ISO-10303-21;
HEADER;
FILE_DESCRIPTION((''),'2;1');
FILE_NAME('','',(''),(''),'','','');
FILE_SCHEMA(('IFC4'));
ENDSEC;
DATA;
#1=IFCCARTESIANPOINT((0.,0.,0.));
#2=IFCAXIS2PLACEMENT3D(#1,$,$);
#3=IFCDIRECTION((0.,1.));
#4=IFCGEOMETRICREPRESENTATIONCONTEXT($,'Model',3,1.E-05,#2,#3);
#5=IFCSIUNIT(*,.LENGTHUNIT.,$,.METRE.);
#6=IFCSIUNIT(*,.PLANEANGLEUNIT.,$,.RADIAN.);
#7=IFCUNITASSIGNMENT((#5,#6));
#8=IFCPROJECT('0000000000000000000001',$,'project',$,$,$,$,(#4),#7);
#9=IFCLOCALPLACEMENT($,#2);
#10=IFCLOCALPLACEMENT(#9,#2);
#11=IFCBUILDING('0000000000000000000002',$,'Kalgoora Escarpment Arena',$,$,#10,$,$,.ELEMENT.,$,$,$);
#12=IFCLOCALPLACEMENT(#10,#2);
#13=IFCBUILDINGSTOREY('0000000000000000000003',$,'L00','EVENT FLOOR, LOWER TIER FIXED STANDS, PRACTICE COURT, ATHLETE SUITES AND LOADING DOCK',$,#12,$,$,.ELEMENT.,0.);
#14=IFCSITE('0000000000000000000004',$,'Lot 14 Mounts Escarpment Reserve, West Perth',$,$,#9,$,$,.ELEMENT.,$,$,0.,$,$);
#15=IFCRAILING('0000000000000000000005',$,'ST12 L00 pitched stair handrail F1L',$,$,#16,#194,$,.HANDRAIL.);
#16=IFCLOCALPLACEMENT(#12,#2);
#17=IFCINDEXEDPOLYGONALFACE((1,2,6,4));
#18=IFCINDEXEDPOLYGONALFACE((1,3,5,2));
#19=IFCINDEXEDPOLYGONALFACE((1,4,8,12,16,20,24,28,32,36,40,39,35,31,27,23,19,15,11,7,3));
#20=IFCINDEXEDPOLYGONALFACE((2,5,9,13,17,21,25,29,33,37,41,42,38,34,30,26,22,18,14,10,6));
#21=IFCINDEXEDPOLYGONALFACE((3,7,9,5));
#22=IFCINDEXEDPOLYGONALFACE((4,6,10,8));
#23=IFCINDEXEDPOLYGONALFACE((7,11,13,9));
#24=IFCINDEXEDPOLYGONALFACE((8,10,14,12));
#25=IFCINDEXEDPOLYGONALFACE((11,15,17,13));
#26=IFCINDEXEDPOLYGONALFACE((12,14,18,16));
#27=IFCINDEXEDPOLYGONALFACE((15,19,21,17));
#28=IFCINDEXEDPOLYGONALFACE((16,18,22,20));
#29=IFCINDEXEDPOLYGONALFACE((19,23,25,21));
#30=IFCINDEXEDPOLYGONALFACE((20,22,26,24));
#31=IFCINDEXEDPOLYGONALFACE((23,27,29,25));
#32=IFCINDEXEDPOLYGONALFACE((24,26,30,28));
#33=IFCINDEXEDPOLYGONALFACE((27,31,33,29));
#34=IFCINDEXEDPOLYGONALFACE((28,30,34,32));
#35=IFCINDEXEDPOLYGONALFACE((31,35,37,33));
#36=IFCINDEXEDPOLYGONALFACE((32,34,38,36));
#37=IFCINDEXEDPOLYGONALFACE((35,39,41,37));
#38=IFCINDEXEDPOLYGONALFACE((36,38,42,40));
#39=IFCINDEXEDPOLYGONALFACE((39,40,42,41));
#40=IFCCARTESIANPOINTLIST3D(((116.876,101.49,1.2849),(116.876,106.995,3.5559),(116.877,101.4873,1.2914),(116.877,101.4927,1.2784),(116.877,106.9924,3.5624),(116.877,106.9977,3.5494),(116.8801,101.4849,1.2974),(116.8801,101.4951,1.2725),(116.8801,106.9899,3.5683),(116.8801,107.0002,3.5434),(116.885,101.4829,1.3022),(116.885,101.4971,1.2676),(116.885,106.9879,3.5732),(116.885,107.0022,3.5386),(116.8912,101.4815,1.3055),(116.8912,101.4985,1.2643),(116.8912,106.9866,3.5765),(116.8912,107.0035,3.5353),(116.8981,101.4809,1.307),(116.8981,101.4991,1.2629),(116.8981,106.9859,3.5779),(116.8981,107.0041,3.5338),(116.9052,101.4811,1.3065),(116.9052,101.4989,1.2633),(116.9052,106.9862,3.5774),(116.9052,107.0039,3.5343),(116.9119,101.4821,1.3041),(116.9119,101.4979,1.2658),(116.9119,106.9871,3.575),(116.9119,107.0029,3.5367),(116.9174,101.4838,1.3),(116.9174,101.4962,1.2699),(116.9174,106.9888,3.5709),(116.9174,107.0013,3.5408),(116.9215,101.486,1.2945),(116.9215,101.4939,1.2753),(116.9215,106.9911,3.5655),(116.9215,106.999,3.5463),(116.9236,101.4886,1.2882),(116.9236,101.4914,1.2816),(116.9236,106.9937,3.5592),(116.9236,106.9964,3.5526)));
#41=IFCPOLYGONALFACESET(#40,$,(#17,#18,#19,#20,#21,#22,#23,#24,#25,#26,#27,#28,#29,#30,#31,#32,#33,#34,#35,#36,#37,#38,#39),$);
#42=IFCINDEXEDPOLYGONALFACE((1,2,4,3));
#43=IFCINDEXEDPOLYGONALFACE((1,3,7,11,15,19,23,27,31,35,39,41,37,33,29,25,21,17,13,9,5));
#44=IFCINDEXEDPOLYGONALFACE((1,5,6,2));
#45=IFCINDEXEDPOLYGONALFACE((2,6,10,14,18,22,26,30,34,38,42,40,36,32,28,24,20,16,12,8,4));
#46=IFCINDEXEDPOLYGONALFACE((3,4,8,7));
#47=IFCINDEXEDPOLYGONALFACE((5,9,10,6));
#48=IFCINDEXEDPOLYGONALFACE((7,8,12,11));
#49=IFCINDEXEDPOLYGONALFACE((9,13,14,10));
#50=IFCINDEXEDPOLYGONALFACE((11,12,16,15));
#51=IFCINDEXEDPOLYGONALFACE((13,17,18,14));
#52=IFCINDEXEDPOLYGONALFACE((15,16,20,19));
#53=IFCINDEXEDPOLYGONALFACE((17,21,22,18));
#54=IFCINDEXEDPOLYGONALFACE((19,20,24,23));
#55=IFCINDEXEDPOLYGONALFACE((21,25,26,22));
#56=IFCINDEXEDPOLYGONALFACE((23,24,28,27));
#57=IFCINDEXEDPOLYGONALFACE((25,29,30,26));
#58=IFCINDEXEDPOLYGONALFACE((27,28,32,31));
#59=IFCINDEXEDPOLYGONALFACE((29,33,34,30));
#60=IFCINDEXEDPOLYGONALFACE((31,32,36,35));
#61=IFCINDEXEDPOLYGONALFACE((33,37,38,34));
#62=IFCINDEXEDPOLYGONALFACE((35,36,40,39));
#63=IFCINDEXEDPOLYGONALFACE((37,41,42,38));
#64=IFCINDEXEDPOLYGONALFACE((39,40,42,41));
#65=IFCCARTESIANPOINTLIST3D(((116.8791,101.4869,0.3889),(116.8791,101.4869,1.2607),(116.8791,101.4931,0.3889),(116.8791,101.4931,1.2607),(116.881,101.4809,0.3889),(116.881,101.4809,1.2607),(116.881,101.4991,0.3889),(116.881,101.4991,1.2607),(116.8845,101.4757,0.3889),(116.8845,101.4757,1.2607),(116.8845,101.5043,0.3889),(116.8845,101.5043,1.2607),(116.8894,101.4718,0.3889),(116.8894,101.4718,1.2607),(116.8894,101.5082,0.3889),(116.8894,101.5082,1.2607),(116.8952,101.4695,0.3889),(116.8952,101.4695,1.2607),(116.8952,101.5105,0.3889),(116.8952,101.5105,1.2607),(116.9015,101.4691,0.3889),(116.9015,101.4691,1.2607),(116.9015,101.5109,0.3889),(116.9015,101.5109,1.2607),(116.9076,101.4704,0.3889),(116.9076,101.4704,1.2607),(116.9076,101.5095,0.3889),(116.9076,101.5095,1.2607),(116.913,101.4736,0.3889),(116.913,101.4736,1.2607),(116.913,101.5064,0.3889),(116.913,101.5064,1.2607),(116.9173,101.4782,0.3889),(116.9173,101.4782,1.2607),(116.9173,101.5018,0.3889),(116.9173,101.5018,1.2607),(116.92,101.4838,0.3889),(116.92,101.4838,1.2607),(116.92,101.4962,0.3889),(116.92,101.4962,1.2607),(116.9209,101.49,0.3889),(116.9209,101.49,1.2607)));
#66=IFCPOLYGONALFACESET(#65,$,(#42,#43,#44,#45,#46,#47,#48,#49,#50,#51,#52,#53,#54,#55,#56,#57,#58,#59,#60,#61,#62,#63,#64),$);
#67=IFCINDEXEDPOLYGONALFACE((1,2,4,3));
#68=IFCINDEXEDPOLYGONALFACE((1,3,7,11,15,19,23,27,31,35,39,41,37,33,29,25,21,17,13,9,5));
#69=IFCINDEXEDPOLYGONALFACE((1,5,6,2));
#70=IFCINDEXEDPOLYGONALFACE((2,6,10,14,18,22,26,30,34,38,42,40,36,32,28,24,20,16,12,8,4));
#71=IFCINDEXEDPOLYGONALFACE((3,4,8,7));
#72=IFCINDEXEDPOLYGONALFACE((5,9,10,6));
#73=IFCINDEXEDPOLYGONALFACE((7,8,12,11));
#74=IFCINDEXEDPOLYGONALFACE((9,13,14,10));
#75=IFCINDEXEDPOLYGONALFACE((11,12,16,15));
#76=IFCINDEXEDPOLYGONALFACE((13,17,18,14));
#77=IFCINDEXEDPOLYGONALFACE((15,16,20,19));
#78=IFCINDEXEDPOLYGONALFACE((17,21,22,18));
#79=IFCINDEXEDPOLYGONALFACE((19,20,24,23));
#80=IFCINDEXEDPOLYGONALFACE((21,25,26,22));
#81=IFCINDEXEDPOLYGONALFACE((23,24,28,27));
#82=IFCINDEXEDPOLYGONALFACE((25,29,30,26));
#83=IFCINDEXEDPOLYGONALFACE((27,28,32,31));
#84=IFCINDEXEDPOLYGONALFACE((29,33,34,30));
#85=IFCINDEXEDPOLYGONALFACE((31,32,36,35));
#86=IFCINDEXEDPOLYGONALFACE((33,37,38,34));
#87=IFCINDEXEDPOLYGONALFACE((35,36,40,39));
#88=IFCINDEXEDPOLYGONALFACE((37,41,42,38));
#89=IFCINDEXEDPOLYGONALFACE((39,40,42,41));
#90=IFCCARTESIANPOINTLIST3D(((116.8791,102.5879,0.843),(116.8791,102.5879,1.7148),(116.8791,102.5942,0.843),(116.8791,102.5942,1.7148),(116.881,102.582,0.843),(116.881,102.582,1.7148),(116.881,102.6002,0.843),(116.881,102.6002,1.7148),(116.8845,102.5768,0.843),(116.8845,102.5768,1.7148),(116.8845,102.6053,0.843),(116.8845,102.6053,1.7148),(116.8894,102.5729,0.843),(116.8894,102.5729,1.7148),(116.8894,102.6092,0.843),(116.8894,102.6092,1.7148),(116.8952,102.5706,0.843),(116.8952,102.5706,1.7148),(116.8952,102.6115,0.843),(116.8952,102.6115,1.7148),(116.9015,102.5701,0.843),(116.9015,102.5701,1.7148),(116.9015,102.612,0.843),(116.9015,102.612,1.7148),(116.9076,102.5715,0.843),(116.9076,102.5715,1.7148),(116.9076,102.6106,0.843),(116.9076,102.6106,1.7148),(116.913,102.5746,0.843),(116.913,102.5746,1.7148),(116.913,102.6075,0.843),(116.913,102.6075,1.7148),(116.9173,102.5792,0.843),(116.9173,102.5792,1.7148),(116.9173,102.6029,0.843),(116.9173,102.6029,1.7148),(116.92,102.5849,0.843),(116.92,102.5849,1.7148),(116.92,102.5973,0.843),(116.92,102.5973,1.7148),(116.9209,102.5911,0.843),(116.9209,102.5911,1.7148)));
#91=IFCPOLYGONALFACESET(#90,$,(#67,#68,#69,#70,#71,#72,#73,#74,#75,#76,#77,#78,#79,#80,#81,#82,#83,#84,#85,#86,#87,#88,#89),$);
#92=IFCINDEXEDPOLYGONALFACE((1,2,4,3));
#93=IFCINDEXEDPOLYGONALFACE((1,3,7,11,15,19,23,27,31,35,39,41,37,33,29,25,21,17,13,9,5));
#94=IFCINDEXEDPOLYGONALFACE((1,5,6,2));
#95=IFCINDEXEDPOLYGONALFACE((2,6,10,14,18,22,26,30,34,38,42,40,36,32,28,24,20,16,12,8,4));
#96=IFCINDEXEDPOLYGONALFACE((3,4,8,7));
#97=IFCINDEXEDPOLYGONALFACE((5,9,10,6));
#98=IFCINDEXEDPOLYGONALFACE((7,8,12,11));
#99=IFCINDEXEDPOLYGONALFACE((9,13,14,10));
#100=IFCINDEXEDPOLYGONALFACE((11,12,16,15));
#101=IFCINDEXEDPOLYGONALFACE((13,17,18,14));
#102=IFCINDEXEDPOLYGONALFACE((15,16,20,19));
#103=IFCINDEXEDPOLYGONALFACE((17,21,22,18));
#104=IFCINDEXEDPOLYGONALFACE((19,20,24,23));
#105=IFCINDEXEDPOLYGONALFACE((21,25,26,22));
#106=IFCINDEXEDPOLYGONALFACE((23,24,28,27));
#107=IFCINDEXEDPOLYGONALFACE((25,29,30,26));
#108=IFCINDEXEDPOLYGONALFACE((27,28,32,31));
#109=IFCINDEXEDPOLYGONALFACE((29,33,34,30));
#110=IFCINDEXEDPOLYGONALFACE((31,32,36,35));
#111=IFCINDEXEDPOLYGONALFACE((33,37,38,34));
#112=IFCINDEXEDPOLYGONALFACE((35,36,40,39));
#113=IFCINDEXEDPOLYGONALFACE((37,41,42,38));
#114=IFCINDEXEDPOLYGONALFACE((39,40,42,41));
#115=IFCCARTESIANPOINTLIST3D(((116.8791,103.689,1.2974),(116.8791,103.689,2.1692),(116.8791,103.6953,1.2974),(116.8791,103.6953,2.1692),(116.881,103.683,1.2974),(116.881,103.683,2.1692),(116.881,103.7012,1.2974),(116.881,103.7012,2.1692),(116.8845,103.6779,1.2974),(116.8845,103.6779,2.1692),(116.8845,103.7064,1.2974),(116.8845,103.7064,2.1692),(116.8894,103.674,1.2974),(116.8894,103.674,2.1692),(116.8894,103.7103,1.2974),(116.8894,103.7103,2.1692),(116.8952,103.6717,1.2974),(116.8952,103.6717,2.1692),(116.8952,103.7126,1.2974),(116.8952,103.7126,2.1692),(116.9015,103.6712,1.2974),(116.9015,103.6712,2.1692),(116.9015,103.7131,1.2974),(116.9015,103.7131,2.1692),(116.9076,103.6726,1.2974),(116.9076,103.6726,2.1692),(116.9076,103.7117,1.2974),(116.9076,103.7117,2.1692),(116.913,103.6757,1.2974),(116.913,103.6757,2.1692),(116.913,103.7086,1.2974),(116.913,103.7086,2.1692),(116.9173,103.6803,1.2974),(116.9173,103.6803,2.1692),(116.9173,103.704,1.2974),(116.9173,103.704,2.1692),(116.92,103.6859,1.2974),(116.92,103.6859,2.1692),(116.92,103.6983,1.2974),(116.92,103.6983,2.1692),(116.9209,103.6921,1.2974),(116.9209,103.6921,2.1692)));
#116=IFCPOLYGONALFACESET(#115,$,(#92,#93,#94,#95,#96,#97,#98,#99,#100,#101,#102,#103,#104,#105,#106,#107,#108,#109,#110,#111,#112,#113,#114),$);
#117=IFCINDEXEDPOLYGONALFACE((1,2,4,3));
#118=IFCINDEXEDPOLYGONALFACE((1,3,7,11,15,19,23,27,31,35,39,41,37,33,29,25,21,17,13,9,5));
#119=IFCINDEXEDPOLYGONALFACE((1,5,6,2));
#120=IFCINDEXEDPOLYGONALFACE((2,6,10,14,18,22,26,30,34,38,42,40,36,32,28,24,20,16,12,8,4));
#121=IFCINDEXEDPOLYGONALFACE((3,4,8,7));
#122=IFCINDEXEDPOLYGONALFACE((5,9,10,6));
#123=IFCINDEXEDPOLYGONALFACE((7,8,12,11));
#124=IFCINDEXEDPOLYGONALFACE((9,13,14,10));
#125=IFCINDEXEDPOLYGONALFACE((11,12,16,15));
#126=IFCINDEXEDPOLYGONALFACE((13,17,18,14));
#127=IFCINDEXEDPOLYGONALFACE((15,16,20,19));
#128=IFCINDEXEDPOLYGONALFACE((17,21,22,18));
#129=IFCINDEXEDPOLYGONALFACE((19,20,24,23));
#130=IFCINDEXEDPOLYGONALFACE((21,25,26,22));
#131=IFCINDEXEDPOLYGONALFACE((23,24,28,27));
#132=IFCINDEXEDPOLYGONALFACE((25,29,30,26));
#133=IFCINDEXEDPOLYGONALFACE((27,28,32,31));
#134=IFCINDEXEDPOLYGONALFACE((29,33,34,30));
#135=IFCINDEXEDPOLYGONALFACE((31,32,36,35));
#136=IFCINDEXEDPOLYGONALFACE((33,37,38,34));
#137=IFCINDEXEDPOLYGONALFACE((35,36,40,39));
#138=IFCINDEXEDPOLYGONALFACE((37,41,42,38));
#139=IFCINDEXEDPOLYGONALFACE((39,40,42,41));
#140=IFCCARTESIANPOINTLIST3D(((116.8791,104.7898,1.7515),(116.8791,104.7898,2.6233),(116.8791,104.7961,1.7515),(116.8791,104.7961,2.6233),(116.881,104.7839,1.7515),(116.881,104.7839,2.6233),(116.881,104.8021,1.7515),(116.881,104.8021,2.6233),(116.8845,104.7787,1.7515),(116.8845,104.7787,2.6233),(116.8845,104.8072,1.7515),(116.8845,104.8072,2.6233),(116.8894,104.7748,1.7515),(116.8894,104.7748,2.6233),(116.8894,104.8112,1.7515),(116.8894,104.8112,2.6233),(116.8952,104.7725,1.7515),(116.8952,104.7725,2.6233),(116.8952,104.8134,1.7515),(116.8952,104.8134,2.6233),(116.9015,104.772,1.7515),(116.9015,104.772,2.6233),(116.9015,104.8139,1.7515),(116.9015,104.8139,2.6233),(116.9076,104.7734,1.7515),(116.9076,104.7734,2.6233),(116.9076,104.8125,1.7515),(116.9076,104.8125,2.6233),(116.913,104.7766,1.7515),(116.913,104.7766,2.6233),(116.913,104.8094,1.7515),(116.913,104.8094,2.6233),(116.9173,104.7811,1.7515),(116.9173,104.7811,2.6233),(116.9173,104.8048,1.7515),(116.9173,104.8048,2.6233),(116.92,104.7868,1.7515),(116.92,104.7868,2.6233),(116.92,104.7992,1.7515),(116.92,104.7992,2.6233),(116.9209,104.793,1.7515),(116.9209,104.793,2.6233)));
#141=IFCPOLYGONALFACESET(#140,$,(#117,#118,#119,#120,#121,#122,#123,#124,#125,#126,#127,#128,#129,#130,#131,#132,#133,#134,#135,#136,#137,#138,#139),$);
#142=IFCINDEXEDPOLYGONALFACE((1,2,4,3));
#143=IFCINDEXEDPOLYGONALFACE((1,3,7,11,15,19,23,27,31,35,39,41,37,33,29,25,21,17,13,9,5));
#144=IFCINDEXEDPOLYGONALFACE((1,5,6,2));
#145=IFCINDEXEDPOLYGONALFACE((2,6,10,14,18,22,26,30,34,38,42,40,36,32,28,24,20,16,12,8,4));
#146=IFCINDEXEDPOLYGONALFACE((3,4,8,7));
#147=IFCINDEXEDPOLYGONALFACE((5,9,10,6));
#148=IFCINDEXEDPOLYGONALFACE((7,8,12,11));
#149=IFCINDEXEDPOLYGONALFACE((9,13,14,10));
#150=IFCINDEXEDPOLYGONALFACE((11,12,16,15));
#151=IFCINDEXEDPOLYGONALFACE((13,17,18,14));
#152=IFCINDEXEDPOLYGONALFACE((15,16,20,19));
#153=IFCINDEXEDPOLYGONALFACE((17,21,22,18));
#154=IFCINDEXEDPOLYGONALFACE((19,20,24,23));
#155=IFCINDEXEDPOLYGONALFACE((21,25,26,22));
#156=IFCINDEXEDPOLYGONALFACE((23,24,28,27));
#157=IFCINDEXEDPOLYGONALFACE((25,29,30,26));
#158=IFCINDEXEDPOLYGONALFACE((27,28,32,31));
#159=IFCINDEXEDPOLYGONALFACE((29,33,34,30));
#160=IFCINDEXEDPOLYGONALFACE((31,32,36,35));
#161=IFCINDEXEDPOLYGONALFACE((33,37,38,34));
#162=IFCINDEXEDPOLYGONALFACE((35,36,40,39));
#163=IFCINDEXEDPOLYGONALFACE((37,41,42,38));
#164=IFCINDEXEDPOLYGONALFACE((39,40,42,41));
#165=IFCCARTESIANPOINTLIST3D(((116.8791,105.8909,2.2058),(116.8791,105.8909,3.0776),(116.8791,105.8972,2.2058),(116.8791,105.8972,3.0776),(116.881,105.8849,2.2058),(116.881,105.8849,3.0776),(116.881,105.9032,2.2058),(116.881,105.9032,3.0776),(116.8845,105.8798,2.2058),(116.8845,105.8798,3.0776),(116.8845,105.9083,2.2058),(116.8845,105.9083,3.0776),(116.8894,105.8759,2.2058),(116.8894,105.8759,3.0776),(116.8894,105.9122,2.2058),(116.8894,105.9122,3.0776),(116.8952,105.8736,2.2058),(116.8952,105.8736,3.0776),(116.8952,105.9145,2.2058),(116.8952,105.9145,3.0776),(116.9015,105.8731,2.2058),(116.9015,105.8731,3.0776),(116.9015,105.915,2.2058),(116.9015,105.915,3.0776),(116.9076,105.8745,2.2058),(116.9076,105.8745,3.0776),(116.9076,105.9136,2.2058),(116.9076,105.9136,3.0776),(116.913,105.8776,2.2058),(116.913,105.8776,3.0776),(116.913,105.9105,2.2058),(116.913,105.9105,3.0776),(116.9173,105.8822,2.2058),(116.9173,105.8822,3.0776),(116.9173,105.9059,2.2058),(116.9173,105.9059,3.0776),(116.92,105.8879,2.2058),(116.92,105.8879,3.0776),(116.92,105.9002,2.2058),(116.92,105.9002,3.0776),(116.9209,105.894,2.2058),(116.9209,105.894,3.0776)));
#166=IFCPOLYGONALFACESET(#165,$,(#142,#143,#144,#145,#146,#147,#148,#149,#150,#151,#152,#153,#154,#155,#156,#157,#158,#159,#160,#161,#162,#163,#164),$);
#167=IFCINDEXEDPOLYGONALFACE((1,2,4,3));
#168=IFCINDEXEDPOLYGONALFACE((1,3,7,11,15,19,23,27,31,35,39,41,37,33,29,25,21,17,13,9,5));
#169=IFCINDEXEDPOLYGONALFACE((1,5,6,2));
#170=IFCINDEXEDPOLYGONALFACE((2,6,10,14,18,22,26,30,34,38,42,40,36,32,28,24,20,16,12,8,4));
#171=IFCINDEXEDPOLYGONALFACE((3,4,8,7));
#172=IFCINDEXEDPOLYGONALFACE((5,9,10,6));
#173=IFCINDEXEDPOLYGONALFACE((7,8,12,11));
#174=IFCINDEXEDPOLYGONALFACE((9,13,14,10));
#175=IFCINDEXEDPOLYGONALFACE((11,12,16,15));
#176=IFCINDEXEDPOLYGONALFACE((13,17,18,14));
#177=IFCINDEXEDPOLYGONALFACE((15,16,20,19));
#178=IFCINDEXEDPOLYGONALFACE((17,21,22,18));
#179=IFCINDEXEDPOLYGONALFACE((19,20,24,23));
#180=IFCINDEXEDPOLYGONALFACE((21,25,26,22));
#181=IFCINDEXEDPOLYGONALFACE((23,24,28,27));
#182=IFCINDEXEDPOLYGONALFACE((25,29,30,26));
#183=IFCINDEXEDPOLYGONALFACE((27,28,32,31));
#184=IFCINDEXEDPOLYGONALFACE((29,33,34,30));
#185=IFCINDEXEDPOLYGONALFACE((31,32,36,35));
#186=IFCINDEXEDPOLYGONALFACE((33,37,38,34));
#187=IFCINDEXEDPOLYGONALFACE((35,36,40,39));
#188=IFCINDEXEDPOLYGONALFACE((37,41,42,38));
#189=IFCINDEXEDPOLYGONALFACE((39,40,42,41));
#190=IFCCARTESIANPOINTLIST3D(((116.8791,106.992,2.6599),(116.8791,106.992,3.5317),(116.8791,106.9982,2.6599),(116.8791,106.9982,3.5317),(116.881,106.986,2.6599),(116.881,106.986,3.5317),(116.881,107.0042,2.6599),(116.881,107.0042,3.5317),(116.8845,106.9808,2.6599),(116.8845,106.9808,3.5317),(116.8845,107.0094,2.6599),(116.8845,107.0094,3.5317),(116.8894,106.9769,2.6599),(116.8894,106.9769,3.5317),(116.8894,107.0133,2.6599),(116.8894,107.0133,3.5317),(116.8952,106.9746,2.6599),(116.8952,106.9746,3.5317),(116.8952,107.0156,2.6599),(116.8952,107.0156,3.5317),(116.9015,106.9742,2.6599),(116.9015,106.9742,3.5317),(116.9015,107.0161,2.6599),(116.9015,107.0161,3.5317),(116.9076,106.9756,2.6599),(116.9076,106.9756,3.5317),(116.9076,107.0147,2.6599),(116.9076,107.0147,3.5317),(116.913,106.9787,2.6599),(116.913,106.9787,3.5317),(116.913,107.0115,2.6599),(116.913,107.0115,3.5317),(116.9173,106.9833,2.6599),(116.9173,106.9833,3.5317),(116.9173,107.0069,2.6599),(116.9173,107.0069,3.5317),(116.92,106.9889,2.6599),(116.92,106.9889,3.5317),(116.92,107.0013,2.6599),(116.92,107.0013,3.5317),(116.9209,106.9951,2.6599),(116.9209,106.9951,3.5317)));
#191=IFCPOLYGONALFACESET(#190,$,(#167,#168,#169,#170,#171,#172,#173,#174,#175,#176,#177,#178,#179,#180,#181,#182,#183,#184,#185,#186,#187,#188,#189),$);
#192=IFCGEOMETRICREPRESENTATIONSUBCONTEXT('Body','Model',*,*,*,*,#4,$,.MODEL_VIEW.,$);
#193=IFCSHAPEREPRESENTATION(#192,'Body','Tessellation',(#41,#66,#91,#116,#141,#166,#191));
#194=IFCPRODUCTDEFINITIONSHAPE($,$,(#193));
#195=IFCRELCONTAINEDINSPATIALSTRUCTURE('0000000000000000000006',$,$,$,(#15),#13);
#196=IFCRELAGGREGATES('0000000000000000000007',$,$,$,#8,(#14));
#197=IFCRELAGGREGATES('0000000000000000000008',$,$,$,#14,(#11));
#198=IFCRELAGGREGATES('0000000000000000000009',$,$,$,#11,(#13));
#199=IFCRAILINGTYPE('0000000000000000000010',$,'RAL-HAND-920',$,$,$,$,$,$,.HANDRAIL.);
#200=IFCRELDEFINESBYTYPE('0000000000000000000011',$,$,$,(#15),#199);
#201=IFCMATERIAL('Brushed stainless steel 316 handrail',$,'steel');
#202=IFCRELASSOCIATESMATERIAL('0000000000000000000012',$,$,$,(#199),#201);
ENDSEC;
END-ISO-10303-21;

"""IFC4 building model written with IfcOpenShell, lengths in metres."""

from ifc_helpers import new_model, si_unit, direction, frame, origin, origin_2d, place, context, subcontext, project, spatial, circle, extrude, material, type_object, element, save


model = new_model("IFC4")

# Units and contexts
model_context = context("Model", 3, precision=1e-05, world=origin(), true_north=direction((0.0, 1.0)))
body_context = subcontext(model_context, "Body", "Model", "MODEL_VIEW")
ifc_project = project(units=[si_unit("LENGTHUNIT", "METRE"), si_unit("PLANEANGLEUNIT", "RADIAN")], contexts=[model_context])

# Site, building, storey
site_placement = place(None, origin())
site = spatial("IfcSite", under=ifc_project, at=site_placement, Name="Lot 14 Mounts Escarpment Reserve, West Perth", CompositionType="ELEMENT", RefElevation=0.0)
building_placement = place(site_placement, origin())
building = spatial("IfcBuilding", under=site, at=building_placement, Name="Kalgoora Escarpment Arena", CompositionType="ELEMENT")
storey_placement = place(building_placement, origin())
storey = spatial("IfcBuildingStorey", under=building, at=storey_placement, Name="L00", Description="EVENT FLOOR, LOWER TIER FIXED STANDS, PRACTICE COURT, ATHLETE SUITES AND LOADING DOCK", CompositionType="ELEMENT", Elevation=0.0)

# Railing
ifc_material_1 = material(Name="Brushed stainless steel 316 handrail", Category="steel")
railing_type_1 = type_object("IfcRailingType", Name="RAL-HAND-920", PredefinedType="HANDRAIL", material=ifc_material_1)
for number, where, name in (
    (1, (116.8999, 101.49, 0.3889), "ST12 L00 pitched stair handrail F1L"),
):
    element("IfcRailing", number, at=place(storey_placement, frame(where)), inside=storey, type_object=railing_type_1, Name=name, PredefinedType="HANDRAIL", context=body_context, shape_type="SweptSolid", body=[
        extrude(circle(Radius=0.0239, at=origin_2d()), frame((0.0, 0.0, 0.896), z_axis=(0.0, 0.924431, 0.38135), x_axis=(-1.0, 0.0, 0.0)), (0.0, 0.0, 1.0), 5.9551),
        extrude(circle(Radius=0.021, at=origin_2d()), origin(), (0.0, 0.0, 1.0), 0.8718),
        extrude(circle(Radius=0.021, at=origin_2d()), frame((0.0, 1.1011, 0.4541)), (0.0, 0.0, 1.0), 0.8718),
        extrude(circle(Radius=0.021, at=origin_2d()), frame((0.0, 2.2021, 0.9084)), (0.0, 0.0, 1.0), 0.8718),
        extrude(circle(Radius=0.021, at=origin_2d()), frame((0.0, 3.303, 1.3625)), (0.0, 0.0, 1.0), 0.8718),
        extrude(circle(Radius=0.021, at=origin_2d()), frame((0.0, 4.4041, 1.8169)), (0.0, 0.0, 1.0), 0.8718),
        extrude(circle(Radius=0.021, at=origin_2d()), frame((0.0, 5.5051, 2.271)), (0.0, 0.0, 1.0), 0.8718),
    ])

save(model, "model.ifc")
